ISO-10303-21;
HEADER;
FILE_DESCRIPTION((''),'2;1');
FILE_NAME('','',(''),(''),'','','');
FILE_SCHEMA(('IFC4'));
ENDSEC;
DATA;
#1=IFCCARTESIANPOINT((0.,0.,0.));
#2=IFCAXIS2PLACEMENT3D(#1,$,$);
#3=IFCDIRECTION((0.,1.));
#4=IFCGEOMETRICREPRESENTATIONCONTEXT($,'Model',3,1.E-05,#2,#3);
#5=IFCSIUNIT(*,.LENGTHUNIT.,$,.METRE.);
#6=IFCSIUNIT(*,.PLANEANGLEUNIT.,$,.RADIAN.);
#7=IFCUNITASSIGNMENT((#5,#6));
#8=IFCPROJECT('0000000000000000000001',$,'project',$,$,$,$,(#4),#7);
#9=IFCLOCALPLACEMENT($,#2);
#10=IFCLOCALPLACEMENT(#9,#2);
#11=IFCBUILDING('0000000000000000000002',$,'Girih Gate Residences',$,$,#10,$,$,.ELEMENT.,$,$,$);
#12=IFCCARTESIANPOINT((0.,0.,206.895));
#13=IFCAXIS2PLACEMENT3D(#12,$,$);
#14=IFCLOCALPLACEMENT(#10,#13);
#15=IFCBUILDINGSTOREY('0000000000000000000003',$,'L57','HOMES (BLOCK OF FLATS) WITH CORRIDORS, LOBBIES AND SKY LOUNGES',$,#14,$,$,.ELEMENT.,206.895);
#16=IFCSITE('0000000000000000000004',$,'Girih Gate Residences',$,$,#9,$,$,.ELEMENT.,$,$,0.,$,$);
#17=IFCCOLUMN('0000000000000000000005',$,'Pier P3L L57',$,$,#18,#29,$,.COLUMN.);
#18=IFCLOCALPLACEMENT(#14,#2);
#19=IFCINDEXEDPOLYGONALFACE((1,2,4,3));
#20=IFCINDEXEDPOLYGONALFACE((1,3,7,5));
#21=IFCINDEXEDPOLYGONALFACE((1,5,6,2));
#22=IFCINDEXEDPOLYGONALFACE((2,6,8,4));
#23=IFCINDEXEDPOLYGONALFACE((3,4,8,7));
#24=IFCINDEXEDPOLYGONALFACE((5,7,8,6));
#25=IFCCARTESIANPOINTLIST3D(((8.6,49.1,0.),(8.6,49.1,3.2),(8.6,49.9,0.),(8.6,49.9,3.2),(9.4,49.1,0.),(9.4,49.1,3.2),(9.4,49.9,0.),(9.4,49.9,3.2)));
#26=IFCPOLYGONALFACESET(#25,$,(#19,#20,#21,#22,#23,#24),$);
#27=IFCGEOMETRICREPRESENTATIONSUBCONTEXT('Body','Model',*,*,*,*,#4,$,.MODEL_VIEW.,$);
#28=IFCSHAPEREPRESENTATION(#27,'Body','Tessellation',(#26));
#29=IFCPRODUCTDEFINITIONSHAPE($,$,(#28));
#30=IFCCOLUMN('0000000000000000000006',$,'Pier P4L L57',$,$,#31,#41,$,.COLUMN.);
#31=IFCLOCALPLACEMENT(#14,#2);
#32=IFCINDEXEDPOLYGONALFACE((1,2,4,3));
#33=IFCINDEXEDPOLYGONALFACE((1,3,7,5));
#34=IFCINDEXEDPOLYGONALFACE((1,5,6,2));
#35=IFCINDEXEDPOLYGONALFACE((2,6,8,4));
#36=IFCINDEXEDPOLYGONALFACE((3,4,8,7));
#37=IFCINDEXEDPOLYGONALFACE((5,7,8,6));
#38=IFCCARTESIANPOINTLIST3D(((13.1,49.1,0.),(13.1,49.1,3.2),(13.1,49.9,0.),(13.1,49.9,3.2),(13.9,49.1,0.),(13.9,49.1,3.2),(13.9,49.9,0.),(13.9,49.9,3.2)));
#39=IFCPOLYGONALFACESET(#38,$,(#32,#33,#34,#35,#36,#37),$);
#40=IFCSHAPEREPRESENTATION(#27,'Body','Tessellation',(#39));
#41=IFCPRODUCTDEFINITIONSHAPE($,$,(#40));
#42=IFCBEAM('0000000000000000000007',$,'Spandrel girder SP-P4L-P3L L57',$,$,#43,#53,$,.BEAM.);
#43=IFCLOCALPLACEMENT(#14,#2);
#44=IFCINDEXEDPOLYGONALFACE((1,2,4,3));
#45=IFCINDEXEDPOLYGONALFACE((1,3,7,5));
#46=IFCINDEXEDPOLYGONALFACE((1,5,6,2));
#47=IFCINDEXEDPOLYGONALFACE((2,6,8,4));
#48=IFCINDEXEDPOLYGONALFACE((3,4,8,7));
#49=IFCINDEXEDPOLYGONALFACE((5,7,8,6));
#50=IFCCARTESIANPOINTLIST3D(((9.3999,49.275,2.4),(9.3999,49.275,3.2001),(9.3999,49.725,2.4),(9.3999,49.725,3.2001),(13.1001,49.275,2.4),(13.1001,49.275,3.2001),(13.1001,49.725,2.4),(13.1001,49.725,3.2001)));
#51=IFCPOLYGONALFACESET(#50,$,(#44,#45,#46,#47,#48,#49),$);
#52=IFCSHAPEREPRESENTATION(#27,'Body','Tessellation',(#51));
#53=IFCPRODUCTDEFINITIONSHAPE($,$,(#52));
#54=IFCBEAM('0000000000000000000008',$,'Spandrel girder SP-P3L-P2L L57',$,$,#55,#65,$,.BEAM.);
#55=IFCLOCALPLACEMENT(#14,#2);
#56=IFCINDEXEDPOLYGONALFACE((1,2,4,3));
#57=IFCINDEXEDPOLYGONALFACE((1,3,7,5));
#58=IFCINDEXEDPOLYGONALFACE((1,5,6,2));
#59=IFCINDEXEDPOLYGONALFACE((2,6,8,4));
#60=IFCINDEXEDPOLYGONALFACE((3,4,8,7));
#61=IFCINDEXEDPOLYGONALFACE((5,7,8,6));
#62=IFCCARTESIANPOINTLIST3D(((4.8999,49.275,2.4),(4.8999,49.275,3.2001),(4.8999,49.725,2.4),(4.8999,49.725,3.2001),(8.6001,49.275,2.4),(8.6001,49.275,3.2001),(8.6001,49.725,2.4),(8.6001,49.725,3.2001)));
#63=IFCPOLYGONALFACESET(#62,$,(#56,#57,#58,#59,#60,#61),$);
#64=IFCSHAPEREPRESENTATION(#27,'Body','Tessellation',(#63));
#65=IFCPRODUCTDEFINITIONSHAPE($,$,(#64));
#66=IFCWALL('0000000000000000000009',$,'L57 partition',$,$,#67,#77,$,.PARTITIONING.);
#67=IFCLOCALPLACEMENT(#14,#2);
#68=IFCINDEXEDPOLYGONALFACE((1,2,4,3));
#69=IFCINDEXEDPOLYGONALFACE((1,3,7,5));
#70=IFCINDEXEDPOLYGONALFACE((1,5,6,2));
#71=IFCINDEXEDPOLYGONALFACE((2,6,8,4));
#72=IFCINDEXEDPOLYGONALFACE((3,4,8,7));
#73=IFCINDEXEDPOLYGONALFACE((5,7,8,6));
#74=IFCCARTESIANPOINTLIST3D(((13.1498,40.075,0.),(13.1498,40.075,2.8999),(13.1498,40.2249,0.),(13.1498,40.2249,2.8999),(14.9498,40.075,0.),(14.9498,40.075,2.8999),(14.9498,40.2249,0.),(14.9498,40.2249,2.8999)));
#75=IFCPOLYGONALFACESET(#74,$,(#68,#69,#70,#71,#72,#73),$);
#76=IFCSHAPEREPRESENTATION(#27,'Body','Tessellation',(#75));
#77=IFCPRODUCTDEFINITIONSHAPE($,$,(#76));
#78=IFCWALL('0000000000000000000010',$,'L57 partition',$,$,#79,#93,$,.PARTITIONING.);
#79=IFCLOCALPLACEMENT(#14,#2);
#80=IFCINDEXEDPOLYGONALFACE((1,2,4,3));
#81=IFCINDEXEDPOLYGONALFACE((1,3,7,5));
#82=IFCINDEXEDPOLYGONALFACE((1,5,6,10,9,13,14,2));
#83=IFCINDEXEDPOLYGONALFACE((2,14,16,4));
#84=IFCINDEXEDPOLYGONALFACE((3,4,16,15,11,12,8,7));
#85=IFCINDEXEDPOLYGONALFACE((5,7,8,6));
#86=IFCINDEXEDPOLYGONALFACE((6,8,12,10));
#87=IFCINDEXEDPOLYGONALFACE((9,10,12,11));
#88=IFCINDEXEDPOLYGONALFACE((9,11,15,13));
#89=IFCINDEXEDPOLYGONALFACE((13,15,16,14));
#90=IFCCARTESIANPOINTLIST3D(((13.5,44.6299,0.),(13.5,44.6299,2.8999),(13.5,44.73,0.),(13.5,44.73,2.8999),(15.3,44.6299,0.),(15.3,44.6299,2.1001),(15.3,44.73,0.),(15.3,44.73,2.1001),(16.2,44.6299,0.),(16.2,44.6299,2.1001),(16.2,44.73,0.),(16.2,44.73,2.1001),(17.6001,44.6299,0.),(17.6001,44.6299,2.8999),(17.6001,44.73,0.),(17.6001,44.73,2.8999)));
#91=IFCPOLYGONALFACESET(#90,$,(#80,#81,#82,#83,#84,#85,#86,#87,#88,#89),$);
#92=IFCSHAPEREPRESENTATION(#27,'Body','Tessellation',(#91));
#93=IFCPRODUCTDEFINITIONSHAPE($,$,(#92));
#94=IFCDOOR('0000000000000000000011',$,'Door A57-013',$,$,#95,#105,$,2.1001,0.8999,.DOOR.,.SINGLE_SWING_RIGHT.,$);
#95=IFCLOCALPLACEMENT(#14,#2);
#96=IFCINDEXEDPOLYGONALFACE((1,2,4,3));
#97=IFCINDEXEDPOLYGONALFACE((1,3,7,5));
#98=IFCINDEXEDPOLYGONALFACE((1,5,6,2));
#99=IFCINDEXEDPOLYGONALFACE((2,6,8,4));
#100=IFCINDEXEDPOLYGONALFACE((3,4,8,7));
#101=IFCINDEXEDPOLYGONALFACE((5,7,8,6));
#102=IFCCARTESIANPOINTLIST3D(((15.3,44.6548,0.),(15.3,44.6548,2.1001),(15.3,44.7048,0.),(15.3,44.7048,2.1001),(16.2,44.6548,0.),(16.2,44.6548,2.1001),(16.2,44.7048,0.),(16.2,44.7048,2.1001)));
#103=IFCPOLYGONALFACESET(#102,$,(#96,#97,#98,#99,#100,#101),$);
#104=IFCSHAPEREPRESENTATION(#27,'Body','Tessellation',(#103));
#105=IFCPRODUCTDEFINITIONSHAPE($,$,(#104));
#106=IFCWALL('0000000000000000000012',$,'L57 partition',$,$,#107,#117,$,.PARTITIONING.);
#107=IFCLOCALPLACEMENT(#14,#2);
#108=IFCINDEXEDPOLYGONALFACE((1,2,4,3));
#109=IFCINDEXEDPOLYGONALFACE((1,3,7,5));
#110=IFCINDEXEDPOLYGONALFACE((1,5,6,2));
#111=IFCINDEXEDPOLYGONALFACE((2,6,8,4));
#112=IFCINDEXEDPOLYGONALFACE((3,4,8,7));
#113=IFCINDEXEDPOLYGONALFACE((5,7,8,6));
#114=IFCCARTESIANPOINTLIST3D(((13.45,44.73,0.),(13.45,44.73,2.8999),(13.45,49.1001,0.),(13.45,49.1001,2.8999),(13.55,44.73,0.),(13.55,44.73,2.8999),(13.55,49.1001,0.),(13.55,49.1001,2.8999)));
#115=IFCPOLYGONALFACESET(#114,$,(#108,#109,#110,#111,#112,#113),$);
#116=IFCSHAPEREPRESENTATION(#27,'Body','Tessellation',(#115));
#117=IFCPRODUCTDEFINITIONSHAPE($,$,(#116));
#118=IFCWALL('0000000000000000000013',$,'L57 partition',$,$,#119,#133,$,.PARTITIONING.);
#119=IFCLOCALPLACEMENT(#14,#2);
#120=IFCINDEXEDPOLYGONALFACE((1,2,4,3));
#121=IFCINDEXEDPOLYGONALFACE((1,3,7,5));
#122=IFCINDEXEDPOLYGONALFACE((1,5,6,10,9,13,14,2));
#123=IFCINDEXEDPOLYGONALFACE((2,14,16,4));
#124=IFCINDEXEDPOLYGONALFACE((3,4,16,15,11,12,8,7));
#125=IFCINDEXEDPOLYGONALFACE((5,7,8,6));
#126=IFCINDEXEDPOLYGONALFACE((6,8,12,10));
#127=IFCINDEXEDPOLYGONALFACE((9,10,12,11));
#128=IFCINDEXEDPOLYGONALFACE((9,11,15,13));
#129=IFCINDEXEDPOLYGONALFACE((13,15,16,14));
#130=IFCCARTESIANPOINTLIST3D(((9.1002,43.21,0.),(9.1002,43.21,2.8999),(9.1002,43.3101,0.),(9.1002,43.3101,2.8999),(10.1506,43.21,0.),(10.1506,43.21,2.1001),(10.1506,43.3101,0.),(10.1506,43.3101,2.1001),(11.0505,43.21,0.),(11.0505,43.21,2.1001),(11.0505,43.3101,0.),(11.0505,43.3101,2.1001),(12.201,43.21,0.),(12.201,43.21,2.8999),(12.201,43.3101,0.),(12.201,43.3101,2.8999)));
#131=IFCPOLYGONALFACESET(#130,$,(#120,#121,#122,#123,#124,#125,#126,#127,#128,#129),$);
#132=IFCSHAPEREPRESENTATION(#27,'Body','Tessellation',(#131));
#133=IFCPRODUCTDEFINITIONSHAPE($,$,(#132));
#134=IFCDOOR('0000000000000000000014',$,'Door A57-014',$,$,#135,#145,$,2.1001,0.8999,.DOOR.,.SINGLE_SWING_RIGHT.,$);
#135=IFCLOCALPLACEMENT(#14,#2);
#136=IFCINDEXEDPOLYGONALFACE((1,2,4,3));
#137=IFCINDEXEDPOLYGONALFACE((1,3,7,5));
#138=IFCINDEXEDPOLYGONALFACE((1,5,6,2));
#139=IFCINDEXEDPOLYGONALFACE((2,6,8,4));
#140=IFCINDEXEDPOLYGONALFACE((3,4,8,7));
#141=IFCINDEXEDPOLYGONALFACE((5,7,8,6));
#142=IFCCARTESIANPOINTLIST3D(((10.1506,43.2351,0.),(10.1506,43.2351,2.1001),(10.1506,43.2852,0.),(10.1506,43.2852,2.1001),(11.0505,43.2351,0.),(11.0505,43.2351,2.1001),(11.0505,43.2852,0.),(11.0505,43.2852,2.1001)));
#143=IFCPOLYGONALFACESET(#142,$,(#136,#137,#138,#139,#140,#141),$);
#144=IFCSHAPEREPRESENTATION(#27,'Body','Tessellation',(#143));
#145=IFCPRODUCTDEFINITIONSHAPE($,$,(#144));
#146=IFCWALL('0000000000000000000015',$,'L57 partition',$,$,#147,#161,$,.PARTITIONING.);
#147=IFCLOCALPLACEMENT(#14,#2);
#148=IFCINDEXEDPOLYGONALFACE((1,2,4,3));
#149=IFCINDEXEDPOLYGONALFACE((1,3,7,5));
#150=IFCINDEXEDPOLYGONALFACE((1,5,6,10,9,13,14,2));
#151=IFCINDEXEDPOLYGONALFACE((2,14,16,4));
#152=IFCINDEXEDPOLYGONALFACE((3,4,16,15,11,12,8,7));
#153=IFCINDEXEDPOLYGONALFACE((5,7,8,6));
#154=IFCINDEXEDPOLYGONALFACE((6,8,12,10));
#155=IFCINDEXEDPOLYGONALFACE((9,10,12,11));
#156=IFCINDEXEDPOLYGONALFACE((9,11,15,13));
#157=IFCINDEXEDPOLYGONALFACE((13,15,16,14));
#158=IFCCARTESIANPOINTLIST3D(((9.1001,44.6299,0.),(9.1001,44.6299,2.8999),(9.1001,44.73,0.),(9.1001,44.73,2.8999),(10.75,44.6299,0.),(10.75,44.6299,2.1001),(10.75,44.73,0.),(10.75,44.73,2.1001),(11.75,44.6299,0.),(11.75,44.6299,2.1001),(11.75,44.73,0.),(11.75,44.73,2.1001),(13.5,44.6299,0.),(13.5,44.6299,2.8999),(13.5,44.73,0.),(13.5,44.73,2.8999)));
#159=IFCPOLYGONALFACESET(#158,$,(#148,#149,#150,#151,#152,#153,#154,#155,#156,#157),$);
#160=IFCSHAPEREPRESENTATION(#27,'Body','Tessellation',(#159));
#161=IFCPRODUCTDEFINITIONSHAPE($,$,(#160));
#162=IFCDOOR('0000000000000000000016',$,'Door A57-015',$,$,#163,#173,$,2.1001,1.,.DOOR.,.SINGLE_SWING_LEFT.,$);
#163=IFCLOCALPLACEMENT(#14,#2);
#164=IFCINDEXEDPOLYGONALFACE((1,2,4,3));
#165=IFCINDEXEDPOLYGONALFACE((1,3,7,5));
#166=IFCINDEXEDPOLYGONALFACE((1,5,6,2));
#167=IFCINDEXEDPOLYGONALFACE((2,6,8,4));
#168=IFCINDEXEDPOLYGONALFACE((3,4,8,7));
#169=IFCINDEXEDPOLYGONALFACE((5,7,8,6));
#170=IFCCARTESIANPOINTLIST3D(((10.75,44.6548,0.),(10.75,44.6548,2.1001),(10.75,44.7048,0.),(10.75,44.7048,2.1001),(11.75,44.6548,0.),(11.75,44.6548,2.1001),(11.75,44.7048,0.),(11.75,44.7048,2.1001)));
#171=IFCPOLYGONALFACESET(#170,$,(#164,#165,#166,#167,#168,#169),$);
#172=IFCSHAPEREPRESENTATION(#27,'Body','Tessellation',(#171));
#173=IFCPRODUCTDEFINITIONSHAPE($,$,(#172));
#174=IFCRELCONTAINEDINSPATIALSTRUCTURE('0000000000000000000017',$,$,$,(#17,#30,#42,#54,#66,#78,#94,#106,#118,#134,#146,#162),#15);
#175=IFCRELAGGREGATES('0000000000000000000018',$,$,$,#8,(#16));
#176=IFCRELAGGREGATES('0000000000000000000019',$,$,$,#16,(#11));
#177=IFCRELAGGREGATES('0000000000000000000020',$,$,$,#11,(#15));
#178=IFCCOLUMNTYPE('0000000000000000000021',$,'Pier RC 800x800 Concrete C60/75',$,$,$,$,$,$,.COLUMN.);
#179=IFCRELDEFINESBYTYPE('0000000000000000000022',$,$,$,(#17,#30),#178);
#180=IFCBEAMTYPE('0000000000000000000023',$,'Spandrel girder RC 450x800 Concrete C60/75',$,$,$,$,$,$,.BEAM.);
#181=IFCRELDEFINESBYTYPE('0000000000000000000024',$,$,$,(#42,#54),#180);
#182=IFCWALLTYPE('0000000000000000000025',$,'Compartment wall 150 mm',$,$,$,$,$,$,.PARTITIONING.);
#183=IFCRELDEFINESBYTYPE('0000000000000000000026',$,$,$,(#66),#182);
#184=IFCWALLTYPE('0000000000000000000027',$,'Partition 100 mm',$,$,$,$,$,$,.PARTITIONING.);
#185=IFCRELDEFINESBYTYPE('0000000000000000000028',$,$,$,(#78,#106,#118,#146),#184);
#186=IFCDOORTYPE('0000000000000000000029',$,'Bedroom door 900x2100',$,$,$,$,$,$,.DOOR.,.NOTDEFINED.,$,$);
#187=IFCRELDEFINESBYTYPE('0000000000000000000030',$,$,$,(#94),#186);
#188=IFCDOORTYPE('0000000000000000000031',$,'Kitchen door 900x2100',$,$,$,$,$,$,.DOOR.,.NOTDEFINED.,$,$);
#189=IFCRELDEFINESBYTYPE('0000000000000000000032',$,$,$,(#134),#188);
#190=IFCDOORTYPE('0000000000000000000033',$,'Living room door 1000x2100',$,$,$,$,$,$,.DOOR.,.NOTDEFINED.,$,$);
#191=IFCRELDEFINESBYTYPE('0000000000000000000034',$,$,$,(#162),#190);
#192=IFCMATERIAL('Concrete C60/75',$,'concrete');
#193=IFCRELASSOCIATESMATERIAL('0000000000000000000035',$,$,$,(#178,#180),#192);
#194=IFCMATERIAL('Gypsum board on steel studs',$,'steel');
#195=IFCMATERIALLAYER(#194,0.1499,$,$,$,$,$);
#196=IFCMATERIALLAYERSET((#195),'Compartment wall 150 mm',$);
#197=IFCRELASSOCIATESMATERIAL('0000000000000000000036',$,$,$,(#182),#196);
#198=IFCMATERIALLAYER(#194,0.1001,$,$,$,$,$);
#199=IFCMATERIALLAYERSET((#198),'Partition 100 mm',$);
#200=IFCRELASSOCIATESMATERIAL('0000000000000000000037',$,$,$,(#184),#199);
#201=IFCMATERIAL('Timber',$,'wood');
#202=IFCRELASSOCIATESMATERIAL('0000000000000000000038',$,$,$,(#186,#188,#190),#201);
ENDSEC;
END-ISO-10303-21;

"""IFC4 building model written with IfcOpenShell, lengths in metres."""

from ifc_helpers import new_model, si_unit, direction, frame, frame_2d, origin, origin_2d, place, context, subcontext, project, spatial, rectangle, extrude, material, layer, layer_set, material_profile, profile_set, type_object, element, fill, save


model = new_model("IFC4")

# Units and contexts
model_context = context("Model", 3, precision=1e-05, world=origin(), true_north=direction((0.0, 1.0)))
body_context = subcontext(model_context, "Body", "Model", "MODEL_VIEW")
ifc_project = project(units=[si_unit("LENGTHUNIT", "METRE"), si_unit("PLANEANGLEUNIT", "RADIAN")], contexts=[model_context])

# Site, building, storey
site_placement = place(None, origin())
site = spatial("IfcSite", under=ifc_project, at=site_placement, Name="Girih Gate Residences", CompositionType="ELEMENT", RefElevation=0.0)
building_placement = place(site_placement, origin())
building = spatial("IfcBuilding", under=site, at=building_placement, Name="Girih Gate Residences", CompositionType="ELEMENT")
storey_placement = place(building_placement, frame((0.0, 0.0, 206.895)))
storey = spatial("IfcBuildingStorey", under=building, at=storey_placement, Name="L57", Description="HOMES (BLOCK OF FLATS) WITH CORRIDORS, LOBBIES AND SKY LOUNGES", CompositionType="ELEMENT", Elevation=206.895)

# Columns
ifc_material_1 = material(Name="Concrete C60/75", Category="concrete")
ifc_material_profile_1 = material_profile(ifc_material_1, rectangle(XDim=0.8, YDim=0.8, at=origin_2d()))
ifc_profile_set_1 = profile_set([ifc_material_profile_1], Name="Concrete C60/75")
column_type = type_object("IfcColumnType", Name="Pier RC 800x800 Concrete C60/75", PredefinedType="COLUMN", material=ifc_profile_set_1)
for number, where, z_axis, x_axis, name in (
    (1, (9.0, 49.5, 0.0), (0.0, 0.0, 1.0), (1.0, 0.0, 0.0), "Pier P3L L57"),
    (2, (13.5, 49.5, 0.0), (0.0, 0.0, 1.0), (1.0, 0.0, 0.0), "Pier P4L L57"),
):
    element("IfcColumn", number, at=place(storey_placement, frame(where, z_axis=z_axis, x_axis=x_axis)), inside=storey, type_object=column_type, Name=name, PredefinedType="COLUMN", context=body_context, shape_type="SweptSolid", body=[
        extrude(rectangle(XDim=0.8, YDim=0.8, at=origin_2d()), origin(), (0.0, 0.0, 1.0), 3.2),
    ])

# Beams
ifc_material_profile_2 = material_profile(ifc_material_1, rectangle(XDim=0.45, YDim=0.8, at=origin_2d()))
ifc_profile_set_2 = profile_set([ifc_material_profile_2], Name="Concrete C60/75")
beam_type = type_object("IfcBeamType", Name="Spandrel girder RC 450x800 Concrete C60/75", PredefinedType="BEAM", material=ifc_profile_set_2)
for number, where, z_axis, x_axis, name in (
    (3, (13.1001, 49.5, 2.8), (-1.0, 0.0, 0.0), (0.0, -1.0, 0.0), "Spandrel girder SP-P4L-P3L L57"),
    (4, (8.6001, 49.5, 2.8), (-1.0, 0.0, 0.0), (0.0, -1.0, 0.0), "Spandrel girder SP-P3L-P2L L57"),
):
    element("IfcBeam", number, at=place(storey_placement, frame(where, z_axis=z_axis, x_axis=x_axis)), inside=storey, type_object=beam_type, Name=name, PredefinedType="BEAM", context=body_context, shape_type="SweptSolid", body=[
        extrude(rectangle(XDim=0.45, YDim=0.8, at=origin_2d()), origin(), (0.0, 0.0, 1.0), 3.7002),
    ])

# Wall
ifc_material_2 = material(Name="Gypsum board on steel studs", Category="steel")
ifc_layer_1 = layer(ifc_material_2, 0.1499)
ifc_layer_set_1 = layer_set([ifc_layer_1], Name="Compartment wall 150 mm")
wall_type_1 = type_object("IfcWallType", Name="Compartment wall 150 mm", PredefinedType="PARTITIONING", material=ifc_layer_set_1)
wall_1_placement = place(storey_placement, frame((13.1499, 40.1499, 0.0), z_axis=(0.0, 0.0, 1.0), x_axis=(1.0, 0.0, 0.0)))
element("IfcWall", 5, at=wall_1_placement, inside=storey, type_object=wall_type_1, Name="L57 partition", PredefinedType="PARTITIONING", context=body_context, shape_type="SweptSolid", body=[
    extrude(rectangle(XDim=1.8, YDim=0.1499, at=frame_2d((0.8999, 0.0))), origin(), (0.0, 0.0, 1.0), 2.8999),
])

# Wall, opening, door
ifc_layer_2 = layer(ifc_material_2, 0.1001)
ifc_layer_set_2 = layer_set([ifc_layer_2], Name="Partition 100 mm")
wall_type_2 = type_object("IfcWallType", Name="Partition 100 mm", PredefinedType="PARTITIONING", material=ifc_layer_set_2)
wall_2_placement = place(storey_placement, frame((13.5, 44.6799, 0.0), z_axis=(0.0, 0.0, 1.0), x_axis=(1.0, 0.0, 0.0)))
wall_2 = element("IfcWall", 6, at=wall_2_placement, inside=storey, type_object=wall_type_2, Name="L57 partition", PredefinedType="PARTITIONING", context=body_context, shape_type="SweptSolid", body=[
    extrude(rectangle(XDim=4.1001, YDim=0.1001, at=frame_2d((2.05, 0.0))), origin(), (0.0, 0.0, 1.0), 2.8999),
])
opening_1_placement = place(wall_2_placement, frame((1.8, 0.0, 0.0)))
opening_1 = element("IfcOpeningElement", 7, at=opening_1_placement, cuts=wall_2, PredefinedType="OPENING", context=body_context, shape_type="SweptSolid", body=[
    extrude(rectangle(XDim=0.8999, YDim=2.1001, at=frame_2d((0.45, 1.05))), frame((0.0, 0.0601, 0.0), z_axis=(0.0, -1.0, 0.0), x_axis=(1.0, 0.0, 0.0)), (0.0, 0.0, 1.0), 0.1201),
])
ifc_material_3 = material(Name="Timber", Category="wood")
door_type_1 = type_object("IfcDoorType", Name="Bedroom door 900x2100", OperationType="NOTDEFINED", PredefinedType="DOOR", material=ifc_material_3)
door_1_placement = place(opening_1_placement, origin())
door_1 = element("IfcDoor", 8, at=door_1_placement, inside=storey, type_object=door_type_1, Name="Door A57-013", OperationType="SINGLE_SWING_RIGHT", OverallHeight=2.1001, OverallWidth=0.8999, PredefinedType="DOOR", context=body_context, shape_type="SweptSolid", body=[
    extrude(rectangle(XDim=0.8999, YDim=2.1001, at=frame_2d((0.45, 1.05))), frame((0.0, 0.0249, 0.0), z_axis=(0.0, -1.0, 0.0), x_axis=(1.0, 0.0, 0.0)), (0.0, 0.0, 1.0), 0.05),
])
fill(opening_1, door_1)

# Wall
wall_3_placement = place(storey_placement, frame((13.5, 44.73, 0.0), z_axis=(0.0, 0.0, 1.0), x_axis=(0.0, 1.0, 0.0)))
element("IfcWall", 9, at=wall_3_placement, inside=storey, type_object=wall_type_2, Name="L57 partition", PredefinedType="PARTITIONING", context=body_context, shape_type="SweptSolid", body=[
    extrude(rectangle(XDim=4.3701, YDim=0.1001, at=frame_2d((2.1851, 0.0))), origin(), (0.0, 0.0, 1.0), 2.8999),
])

# Walls, openings, doors
wall_4_placement = place(storey_placement, frame((12.2009, 43.26, 0.0), z_axis=(0.0, 0.0, 1.0), x_axis=(-1.0, 0.0, 0.0)))
wall_4 = element("IfcWall", 10, at=wall_4_placement, inside=storey, type_object=wall_type_2, Name="L57 partition", PredefinedType="PARTITIONING", context=body_context, shape_type="SweptSolid", body=[
    extrude(rectangle(XDim=3.1008, YDim=0.1001, at=frame_2d((1.5503, 0.0))), origin(), (0.0, 0.0, 1.0), 2.8999),
])
opening_2_placement = place(wall_4_placement, frame((1.1504, 0.0, 0.0)))
opening_2 = element("IfcOpeningElement", 11, at=opening_2_placement, cuts=wall_4, PredefinedType="OPENING", context=body_context, shape_type="SweptSolid", body=[
    extrude(rectangle(XDim=0.8999, YDim=2.1001, at=frame_2d((0.45, 1.05))), frame((0.0, 0.0601, 0.0), z_axis=(0.0, -1.0, 0.0), x_axis=(1.0, 0.0, 0.0)), (0.0, 0.0, 1.0), 0.1201),
])
door_type_2 = type_object("IfcDoorType", Name="Kitchen door 900x2100", OperationType="NOTDEFINED", PredefinedType="DOOR", material=ifc_material_3)
door_2_placement = place(opening_2_placement, origin())
door_2 = element("IfcDoor", 12, at=door_2_placement, inside=storey, type_object=door_type_2, Name="Door A57-014", OperationType="SINGLE_SWING_RIGHT", OverallHeight=2.1001, OverallWidth=0.8999, PredefinedType="DOOR", context=body_context, shape_type="SweptSolid", body=[
    extrude(rectangle(XDim=0.8999, YDim=2.1001, at=frame_2d((0.45, 1.05))), frame((0.0, 0.0249, 0.0), z_axis=(0.0, -1.0, 0.0), x_axis=(1.0, 0.0, 0.0)), (0.0, 0.0, 1.0), 0.05),
])
fill(opening_2, door_2)
wall_5_placement = place(storey_placement, frame((9.1001, 44.6799, 0.0), z_axis=(0.0, 0.0, 1.0), x_axis=(1.0, 0.0, 0.0)))
wall_5 = element("IfcWall", 13, at=wall_5_placement, inside=storey, type_object=wall_type_2, Name="L57 partition", PredefinedType="PARTITIONING", context=body_context, shape_type="SweptSolid", body=[
    extrude(rectangle(XDim=4.3999, YDim=0.1001, at=frame_2d((2.2, 0.0))), origin(), (0.0, 0.0, 1.0), 2.8999),
])
opening_3_placement = place(wall_5_placement, frame((1.6499, 0.0, 0.0)))
opening_3 = element("IfcOpeningElement", 14, at=opening_3_placement, cuts=wall_5, PredefinedType="OPENING", context=body_context, shape_type="SweptSolid", body=[
    extrude(rectangle(XDim=1.0, YDim=2.1001, at=frame_2d((0.5, 1.05))), frame((0.0, 0.0601, 0.0), z_axis=(0.0, -1.0, 0.0), x_axis=(1.0, 0.0, 0.0)), (0.0, 0.0, 1.0), 0.1201),
])
door_type_3 = type_object("IfcDoorType", Name="Living room door 1000x2100", OperationType="NOTDEFINED", PredefinedType="DOOR", material=ifc_material_3)
door_3_placement = place(opening_3_placement, origin())
door_3 = element("IfcDoor", 15, at=door_3_placement, inside=storey, type_object=door_type_3, Name="Door A57-015", OperationType="SINGLE_SWING_LEFT", OverallHeight=2.1001, OverallWidth=1.0, PredefinedType="DOOR", context=body_context, shape_type="SweptSolid", body=[
    extrude(rectangle(XDim=1.0, YDim=2.1001, at=frame_2d((0.5, 1.05))), frame((0.0, 0.0249, 0.0), z_axis=(0.0, -1.0, 0.0), x_axis=(1.0, 0.0, 0.0)), (0.0, 0.0, 1.0), 0.05),
])
fill(opening_3, door_3)

save(model, "model.ifc")
